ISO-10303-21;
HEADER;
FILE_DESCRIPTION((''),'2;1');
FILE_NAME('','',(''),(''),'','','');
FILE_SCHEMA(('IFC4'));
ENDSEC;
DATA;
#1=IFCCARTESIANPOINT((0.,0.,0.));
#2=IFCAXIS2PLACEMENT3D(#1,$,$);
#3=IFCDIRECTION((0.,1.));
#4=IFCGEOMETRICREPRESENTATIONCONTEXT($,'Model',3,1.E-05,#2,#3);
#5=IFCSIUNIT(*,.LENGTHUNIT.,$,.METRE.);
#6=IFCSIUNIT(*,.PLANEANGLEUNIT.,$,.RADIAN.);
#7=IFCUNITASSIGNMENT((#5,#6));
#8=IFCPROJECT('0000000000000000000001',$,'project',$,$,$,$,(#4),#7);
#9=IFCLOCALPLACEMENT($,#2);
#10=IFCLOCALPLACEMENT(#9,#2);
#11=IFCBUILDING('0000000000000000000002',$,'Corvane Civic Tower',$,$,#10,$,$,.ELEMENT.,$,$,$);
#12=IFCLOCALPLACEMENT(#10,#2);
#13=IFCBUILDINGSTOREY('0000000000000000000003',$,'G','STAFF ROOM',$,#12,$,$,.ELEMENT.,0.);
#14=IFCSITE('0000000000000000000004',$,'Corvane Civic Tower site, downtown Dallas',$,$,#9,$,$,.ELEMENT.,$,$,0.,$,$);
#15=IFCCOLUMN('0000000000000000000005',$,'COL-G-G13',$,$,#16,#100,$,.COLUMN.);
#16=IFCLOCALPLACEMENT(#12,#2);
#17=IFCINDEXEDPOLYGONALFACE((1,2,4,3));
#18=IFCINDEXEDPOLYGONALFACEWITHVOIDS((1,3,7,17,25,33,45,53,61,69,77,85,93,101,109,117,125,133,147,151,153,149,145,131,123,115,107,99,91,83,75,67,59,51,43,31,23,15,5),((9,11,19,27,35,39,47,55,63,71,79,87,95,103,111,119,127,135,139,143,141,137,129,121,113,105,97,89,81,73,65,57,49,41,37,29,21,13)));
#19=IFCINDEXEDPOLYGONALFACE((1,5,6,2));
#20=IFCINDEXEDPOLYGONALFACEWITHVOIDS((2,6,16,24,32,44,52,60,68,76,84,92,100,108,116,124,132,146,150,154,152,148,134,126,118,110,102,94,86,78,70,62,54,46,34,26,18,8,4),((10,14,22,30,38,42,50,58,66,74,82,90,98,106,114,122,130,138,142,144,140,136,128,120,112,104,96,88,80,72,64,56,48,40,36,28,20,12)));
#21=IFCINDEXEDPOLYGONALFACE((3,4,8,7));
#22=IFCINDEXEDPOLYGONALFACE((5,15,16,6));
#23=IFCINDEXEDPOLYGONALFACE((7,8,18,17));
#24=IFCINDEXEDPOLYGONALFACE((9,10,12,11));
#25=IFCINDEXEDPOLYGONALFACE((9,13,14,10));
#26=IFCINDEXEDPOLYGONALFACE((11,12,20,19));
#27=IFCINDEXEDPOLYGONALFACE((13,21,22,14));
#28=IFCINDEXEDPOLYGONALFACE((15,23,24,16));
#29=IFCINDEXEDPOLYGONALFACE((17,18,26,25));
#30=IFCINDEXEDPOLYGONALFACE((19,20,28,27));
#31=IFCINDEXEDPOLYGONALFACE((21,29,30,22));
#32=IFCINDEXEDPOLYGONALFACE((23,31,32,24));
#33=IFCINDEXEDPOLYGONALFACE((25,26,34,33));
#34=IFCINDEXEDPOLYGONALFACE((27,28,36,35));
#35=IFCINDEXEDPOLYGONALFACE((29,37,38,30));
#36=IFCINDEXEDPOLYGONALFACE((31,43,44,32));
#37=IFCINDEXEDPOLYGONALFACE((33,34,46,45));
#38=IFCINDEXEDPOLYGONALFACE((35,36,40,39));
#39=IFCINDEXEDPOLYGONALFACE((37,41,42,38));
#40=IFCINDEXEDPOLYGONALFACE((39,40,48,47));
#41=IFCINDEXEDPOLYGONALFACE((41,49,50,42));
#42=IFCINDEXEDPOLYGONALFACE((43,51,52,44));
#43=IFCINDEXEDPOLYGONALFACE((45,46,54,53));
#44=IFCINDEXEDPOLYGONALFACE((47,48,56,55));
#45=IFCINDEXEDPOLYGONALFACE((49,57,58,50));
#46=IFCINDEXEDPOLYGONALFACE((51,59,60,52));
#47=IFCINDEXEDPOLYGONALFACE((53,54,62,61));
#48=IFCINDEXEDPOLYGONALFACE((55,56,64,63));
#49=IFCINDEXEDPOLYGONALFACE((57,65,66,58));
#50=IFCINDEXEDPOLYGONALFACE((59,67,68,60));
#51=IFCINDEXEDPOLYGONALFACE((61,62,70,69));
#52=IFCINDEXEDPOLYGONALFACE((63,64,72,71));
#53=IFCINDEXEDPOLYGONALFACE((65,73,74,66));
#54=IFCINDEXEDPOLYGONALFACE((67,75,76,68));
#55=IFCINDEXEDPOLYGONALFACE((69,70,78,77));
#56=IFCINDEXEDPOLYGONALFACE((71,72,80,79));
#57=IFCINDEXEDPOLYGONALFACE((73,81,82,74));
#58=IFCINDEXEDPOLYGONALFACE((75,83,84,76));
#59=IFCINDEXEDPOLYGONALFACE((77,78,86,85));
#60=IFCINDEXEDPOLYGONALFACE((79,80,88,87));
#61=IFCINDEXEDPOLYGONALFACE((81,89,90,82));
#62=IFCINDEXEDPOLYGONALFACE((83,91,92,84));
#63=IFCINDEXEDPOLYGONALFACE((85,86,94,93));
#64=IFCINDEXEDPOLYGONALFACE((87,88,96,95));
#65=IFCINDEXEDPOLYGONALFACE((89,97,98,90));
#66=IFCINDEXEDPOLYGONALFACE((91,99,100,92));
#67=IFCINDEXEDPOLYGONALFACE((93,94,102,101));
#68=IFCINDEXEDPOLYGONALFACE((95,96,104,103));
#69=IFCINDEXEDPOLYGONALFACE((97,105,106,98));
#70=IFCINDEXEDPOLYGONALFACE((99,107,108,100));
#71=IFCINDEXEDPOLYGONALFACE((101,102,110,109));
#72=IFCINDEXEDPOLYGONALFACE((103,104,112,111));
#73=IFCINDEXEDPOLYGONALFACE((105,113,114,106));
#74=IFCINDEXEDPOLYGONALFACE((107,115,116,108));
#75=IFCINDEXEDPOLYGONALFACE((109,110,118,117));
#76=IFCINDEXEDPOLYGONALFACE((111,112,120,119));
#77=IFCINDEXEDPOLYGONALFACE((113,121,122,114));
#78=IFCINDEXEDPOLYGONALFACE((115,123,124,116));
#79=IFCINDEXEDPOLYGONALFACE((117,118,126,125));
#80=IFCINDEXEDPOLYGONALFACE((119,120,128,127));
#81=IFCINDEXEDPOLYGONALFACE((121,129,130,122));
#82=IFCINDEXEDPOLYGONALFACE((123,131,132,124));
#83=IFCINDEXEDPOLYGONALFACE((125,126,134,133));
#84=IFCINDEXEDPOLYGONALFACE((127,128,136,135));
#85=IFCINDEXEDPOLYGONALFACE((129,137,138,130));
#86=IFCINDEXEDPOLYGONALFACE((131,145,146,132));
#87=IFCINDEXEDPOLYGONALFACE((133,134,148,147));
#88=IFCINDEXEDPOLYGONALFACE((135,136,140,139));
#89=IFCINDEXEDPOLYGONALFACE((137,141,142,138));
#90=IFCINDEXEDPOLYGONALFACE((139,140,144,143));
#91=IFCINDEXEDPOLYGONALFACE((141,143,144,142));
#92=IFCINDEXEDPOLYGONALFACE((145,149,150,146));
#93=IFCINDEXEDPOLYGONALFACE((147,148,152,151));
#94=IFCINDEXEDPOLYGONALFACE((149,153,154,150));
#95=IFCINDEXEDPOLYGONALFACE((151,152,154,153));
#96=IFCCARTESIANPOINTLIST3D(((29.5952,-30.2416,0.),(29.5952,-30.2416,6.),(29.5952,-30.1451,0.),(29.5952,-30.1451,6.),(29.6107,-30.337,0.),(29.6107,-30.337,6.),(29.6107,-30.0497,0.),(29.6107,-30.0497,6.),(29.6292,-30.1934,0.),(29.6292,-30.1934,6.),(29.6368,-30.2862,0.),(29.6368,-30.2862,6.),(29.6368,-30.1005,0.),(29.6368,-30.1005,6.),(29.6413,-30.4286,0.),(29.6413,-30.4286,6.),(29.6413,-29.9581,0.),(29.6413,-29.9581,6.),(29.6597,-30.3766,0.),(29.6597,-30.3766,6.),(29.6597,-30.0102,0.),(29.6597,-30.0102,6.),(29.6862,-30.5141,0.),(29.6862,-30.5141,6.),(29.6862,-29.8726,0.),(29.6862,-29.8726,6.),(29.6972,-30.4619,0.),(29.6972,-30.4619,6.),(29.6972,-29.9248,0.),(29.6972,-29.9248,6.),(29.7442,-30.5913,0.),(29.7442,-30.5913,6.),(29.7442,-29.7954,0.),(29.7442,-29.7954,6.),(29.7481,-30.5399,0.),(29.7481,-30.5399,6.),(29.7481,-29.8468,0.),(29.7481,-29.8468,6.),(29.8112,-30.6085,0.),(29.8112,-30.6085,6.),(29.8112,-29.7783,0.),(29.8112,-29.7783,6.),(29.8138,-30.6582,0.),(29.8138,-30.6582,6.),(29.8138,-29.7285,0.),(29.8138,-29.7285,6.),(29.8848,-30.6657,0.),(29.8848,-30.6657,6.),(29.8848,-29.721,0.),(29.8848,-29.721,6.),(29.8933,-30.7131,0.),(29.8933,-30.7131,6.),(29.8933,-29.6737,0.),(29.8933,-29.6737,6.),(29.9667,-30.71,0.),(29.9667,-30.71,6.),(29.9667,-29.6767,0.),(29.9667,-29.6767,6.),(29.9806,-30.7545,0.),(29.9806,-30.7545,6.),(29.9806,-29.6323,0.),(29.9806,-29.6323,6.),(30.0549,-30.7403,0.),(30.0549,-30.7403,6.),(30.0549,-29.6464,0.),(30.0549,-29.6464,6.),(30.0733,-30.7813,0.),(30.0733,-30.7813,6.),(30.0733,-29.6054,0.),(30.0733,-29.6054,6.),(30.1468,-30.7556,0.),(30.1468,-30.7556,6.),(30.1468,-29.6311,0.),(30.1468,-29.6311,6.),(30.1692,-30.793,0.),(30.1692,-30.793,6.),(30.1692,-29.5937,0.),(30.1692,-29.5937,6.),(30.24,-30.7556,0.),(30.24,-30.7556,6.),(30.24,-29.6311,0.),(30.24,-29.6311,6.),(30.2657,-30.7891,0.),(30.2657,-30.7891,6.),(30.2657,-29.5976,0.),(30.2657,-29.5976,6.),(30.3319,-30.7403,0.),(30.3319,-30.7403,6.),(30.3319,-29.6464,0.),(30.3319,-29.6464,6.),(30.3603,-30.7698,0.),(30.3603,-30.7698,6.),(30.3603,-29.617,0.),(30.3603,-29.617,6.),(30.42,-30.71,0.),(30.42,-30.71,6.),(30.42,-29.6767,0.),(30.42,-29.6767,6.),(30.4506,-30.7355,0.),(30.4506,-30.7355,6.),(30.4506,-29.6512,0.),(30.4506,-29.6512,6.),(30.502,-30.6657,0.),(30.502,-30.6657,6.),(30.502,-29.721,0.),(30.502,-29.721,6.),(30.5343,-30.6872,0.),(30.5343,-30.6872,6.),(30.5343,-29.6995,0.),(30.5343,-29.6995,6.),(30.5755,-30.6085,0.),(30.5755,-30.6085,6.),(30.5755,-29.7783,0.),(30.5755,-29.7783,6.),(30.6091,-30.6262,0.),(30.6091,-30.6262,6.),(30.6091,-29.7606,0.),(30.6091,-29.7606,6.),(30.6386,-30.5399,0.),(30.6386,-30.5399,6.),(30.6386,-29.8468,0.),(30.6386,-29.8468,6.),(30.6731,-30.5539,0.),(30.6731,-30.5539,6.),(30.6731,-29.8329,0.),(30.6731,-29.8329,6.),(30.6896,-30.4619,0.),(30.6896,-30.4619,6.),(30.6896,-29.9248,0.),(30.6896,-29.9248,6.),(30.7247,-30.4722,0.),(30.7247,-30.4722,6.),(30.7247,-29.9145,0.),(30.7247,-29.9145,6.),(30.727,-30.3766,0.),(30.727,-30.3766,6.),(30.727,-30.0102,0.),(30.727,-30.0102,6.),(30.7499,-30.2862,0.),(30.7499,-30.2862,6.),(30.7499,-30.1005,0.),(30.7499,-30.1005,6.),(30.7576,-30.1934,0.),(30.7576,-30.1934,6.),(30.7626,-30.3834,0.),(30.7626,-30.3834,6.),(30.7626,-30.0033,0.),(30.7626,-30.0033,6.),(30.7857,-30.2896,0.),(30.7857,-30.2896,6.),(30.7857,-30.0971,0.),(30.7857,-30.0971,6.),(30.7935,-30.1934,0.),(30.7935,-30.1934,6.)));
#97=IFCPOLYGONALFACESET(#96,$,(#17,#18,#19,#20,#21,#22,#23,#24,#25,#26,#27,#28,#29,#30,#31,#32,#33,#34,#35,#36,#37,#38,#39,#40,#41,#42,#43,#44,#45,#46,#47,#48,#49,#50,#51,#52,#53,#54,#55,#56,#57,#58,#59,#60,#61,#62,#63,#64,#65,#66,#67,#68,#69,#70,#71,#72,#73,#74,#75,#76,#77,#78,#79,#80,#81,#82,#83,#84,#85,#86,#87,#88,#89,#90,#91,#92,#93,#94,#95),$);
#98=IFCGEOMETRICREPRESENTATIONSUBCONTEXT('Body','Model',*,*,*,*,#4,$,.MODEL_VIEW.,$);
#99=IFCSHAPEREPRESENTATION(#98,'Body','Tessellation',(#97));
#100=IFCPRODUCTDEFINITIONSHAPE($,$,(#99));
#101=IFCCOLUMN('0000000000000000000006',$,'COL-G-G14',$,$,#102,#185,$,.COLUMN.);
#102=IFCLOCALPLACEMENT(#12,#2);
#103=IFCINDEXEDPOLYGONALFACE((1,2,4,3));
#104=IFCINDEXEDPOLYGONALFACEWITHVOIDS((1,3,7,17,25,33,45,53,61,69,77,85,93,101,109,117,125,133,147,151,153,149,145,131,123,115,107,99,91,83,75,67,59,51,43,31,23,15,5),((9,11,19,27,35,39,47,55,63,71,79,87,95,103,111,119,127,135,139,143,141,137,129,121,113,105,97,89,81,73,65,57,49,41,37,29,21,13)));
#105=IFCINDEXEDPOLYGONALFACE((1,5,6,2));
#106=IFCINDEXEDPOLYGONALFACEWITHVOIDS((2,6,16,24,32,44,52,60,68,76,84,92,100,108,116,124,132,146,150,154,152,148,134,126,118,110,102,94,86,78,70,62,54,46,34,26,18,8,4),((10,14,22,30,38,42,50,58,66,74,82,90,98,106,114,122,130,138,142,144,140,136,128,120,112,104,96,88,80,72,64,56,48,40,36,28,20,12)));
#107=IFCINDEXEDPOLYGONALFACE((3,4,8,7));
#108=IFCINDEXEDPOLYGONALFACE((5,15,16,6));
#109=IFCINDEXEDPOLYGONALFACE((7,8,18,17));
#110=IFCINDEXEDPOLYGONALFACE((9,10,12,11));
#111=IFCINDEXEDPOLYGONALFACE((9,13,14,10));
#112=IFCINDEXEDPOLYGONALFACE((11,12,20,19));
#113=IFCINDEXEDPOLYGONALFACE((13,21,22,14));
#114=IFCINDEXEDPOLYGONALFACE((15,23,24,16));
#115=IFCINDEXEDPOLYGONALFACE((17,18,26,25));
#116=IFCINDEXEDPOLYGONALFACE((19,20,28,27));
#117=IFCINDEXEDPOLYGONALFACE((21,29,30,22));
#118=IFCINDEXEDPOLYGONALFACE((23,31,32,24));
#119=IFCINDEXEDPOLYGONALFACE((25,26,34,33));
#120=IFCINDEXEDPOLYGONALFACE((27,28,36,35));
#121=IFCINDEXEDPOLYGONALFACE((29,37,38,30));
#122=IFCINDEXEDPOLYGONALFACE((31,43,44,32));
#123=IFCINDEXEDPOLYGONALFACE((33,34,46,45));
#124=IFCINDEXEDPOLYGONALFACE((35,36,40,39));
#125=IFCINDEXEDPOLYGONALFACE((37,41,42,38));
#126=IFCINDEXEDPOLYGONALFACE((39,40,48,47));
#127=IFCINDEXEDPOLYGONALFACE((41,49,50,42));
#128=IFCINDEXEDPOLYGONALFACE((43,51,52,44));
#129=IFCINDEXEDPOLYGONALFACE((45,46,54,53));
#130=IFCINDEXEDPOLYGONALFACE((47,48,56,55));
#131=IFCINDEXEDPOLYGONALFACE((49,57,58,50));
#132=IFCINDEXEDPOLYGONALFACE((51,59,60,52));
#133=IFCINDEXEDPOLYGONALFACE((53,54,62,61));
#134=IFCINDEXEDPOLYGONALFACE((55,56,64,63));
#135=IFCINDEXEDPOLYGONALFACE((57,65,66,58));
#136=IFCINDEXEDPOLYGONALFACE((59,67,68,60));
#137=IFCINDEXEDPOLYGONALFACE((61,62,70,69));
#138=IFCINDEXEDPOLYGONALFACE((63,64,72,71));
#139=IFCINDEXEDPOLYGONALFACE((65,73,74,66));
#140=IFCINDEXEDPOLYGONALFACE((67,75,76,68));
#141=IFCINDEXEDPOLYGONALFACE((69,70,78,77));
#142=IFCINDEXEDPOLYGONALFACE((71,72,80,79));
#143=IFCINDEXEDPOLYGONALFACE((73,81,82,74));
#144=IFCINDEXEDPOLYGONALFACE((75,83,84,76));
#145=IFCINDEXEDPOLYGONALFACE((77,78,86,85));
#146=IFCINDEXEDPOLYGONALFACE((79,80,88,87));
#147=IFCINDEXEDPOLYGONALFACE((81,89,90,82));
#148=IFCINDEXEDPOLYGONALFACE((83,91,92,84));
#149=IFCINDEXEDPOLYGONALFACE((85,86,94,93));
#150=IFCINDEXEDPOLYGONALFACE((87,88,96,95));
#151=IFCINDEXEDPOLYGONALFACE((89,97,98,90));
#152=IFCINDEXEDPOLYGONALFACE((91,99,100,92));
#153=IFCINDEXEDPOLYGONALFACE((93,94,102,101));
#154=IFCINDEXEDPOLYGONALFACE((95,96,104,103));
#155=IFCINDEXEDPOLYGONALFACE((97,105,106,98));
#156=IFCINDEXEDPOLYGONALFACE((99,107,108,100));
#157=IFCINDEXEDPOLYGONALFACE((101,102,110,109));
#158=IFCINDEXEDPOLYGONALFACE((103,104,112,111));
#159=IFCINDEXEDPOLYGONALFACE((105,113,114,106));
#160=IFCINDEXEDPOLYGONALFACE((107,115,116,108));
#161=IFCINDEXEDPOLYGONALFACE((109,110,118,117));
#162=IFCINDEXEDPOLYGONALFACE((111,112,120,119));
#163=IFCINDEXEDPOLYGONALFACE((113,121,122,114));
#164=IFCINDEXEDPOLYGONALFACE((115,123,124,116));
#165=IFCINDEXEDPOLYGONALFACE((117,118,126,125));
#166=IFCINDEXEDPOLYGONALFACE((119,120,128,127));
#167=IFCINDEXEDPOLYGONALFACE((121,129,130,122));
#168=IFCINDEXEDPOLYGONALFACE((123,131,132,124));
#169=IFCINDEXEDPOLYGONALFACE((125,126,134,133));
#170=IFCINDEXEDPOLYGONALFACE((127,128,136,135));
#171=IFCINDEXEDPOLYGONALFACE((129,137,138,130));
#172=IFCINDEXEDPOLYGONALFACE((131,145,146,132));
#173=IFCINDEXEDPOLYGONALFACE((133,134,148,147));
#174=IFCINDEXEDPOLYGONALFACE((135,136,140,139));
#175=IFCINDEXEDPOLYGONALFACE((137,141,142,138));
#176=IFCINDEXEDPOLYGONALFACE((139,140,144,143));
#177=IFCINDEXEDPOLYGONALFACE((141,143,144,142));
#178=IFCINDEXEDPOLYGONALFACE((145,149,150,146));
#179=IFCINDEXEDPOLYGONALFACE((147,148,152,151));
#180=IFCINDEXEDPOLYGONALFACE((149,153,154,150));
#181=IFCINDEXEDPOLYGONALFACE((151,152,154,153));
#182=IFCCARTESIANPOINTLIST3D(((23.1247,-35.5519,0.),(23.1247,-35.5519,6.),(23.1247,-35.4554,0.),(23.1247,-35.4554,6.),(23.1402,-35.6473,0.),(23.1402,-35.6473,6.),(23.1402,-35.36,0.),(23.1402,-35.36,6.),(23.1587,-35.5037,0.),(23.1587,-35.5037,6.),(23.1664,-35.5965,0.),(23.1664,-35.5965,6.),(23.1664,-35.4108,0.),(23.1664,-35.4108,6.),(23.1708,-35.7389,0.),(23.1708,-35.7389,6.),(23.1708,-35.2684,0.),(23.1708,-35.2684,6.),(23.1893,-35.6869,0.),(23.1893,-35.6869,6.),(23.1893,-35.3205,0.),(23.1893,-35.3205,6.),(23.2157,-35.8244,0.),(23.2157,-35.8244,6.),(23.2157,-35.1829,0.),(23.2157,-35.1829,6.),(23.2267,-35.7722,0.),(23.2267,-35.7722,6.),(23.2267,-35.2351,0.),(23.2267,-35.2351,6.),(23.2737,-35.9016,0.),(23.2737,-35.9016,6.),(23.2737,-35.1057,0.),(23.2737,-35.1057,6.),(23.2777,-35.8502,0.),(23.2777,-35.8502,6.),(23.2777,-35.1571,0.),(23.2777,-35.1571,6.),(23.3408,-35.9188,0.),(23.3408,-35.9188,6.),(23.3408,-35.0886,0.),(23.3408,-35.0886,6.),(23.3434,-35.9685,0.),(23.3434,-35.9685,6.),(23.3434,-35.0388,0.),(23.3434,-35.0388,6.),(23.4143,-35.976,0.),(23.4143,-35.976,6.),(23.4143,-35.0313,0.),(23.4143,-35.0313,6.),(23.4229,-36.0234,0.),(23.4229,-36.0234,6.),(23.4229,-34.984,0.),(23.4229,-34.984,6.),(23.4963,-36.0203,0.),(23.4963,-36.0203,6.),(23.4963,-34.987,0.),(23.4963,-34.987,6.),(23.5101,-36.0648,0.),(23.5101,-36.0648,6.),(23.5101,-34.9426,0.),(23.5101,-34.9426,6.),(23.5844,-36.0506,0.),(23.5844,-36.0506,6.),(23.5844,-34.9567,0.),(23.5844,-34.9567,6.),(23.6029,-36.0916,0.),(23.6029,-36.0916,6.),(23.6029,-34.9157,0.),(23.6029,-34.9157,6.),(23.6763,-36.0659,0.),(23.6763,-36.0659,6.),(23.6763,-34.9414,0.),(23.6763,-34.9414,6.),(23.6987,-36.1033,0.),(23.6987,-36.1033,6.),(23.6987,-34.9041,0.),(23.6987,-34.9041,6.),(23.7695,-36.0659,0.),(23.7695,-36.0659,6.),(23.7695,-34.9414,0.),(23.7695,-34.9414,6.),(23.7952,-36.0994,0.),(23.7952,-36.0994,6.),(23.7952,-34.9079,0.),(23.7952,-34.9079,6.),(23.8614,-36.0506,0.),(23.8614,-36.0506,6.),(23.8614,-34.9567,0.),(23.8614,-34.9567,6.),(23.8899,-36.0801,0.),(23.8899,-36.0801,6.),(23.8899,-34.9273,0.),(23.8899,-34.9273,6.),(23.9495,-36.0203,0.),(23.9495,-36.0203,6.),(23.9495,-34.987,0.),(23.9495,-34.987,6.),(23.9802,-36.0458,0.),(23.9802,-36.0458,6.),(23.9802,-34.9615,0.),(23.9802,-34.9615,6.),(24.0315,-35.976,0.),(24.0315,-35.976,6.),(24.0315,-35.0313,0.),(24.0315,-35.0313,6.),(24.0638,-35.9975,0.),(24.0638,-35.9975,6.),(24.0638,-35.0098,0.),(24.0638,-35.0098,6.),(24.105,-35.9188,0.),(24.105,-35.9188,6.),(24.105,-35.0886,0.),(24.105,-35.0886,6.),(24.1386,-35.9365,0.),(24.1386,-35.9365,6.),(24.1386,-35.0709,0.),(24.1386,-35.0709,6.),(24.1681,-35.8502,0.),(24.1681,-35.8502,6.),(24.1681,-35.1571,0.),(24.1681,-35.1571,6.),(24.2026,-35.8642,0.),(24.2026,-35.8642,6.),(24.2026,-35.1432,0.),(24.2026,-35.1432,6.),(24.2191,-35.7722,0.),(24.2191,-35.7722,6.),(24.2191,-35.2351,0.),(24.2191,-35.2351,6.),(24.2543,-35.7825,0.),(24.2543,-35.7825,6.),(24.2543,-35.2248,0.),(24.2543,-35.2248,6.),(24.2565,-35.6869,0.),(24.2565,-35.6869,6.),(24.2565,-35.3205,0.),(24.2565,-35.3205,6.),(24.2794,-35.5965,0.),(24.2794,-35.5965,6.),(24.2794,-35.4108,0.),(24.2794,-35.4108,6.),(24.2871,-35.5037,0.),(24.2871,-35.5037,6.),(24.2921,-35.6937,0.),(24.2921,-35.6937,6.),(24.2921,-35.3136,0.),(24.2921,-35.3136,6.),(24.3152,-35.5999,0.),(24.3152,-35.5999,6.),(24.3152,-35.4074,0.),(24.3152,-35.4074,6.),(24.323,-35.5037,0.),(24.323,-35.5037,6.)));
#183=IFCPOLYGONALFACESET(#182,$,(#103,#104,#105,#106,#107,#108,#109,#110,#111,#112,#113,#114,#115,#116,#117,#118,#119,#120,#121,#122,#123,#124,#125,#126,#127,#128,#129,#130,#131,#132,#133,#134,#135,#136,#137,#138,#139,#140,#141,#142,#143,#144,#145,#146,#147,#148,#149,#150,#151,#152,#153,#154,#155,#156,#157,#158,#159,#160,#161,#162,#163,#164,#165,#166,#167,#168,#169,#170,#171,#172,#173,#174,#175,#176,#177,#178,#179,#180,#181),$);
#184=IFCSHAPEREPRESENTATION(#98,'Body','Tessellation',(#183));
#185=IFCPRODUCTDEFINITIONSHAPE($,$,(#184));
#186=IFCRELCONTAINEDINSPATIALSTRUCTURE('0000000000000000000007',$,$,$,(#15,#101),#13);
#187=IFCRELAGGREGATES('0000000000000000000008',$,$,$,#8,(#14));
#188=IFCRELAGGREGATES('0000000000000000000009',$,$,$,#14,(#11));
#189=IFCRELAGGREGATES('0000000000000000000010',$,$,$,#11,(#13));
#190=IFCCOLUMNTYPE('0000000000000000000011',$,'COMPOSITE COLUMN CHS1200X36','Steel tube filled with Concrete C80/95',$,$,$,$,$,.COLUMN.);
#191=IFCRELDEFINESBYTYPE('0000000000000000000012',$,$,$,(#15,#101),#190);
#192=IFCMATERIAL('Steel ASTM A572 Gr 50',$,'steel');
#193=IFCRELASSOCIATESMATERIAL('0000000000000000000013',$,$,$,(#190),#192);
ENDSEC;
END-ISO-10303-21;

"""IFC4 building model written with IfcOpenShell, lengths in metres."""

from ifc_helpers import new_model, si_unit, direction, frame, origin, origin_2d, place, context, subcontext, project, spatial, hollow_circle, extrude, material, material_profile, profile_set, type_object, element, save


model = new_model("IFC4")

# Units and contexts
model_context = context("Model", 3, precision=1e-05, world=origin(), true_north=direction((0.0, 1.0)))
body_context = subcontext(model_context, "Body", "Model", "MODEL_VIEW")
ifc_project = project(units=[si_unit("LENGTHUNIT", "METRE"), si_unit("PLANEANGLEUNIT", "RADIAN")], contexts=[model_context])

# Site, building, storey
site_placement = place(None, origin())
site = spatial("IfcSite", under=ifc_project, at=site_placement, Name="Corvane Civic Tower site, downtown Dallas", CompositionType="ELEMENT", RefElevation=0.0)
building_placement = place(site_placement, origin())
building = spatial("IfcBuilding", under=site, at=building_placement, Name="Corvane Civic Tower", CompositionType="ELEMENT")
storey_placement = place(building_placement, origin())
storey = spatial("IfcBuildingStorey", under=building, at=storey_placement, Name="G", Description="STAFF ROOM", CompositionType="ELEMENT", Elevation=0.0)

# Columns
ifc_material_1 = material(Name="Steel ASTM A572 Gr 50", Category="steel")
ifc_material_profile_1 = material_profile(ifc_material_1, hollow_circle(Radius=0.6001, WallThickness=0.0359, at=origin_2d()), Name="CHS1200X36")
ifc_profile_set_1 = profile_set([ifc_material_profile_1], Name="Steel ASTM A572 Gr 50")
column_type_1 = type_object("IfcColumnType", Name="COMPOSITE COLUMN CHS1200X36", Description="Steel tube filled with Concrete C80/95", PredefinedType="COLUMN", material=ifc_profile_set_1)
for number, where, z_axis, x_axis, name in (
    (1, (30.1934, -30.1934, 0.0), (0.0, 0.0, 1.0), (1.0, 0.0, 0.0), "COL-G-G13"),
    (2, (23.7229, -35.5037, 0.0), (0.0, 0.0, 1.0), (1.0, 0.0, 0.0), "COL-G-G14"),
):
    element("IfcColumn", number, at=place(storey_placement, frame(where, z_axis=z_axis, x_axis=x_axis)), inside=storey, type_object=column_type_1, Name=name, PredefinedType="COLUMN", context=body_context, shape_type="SweptSolid", body=[
        extrude(hollow_circle(Radius=0.6001, WallThickness=0.0359, at=origin_2d()), origin(), (0.0, 0.0, 1.0), 6.0),
    ])

save(model, "model.ifc")
